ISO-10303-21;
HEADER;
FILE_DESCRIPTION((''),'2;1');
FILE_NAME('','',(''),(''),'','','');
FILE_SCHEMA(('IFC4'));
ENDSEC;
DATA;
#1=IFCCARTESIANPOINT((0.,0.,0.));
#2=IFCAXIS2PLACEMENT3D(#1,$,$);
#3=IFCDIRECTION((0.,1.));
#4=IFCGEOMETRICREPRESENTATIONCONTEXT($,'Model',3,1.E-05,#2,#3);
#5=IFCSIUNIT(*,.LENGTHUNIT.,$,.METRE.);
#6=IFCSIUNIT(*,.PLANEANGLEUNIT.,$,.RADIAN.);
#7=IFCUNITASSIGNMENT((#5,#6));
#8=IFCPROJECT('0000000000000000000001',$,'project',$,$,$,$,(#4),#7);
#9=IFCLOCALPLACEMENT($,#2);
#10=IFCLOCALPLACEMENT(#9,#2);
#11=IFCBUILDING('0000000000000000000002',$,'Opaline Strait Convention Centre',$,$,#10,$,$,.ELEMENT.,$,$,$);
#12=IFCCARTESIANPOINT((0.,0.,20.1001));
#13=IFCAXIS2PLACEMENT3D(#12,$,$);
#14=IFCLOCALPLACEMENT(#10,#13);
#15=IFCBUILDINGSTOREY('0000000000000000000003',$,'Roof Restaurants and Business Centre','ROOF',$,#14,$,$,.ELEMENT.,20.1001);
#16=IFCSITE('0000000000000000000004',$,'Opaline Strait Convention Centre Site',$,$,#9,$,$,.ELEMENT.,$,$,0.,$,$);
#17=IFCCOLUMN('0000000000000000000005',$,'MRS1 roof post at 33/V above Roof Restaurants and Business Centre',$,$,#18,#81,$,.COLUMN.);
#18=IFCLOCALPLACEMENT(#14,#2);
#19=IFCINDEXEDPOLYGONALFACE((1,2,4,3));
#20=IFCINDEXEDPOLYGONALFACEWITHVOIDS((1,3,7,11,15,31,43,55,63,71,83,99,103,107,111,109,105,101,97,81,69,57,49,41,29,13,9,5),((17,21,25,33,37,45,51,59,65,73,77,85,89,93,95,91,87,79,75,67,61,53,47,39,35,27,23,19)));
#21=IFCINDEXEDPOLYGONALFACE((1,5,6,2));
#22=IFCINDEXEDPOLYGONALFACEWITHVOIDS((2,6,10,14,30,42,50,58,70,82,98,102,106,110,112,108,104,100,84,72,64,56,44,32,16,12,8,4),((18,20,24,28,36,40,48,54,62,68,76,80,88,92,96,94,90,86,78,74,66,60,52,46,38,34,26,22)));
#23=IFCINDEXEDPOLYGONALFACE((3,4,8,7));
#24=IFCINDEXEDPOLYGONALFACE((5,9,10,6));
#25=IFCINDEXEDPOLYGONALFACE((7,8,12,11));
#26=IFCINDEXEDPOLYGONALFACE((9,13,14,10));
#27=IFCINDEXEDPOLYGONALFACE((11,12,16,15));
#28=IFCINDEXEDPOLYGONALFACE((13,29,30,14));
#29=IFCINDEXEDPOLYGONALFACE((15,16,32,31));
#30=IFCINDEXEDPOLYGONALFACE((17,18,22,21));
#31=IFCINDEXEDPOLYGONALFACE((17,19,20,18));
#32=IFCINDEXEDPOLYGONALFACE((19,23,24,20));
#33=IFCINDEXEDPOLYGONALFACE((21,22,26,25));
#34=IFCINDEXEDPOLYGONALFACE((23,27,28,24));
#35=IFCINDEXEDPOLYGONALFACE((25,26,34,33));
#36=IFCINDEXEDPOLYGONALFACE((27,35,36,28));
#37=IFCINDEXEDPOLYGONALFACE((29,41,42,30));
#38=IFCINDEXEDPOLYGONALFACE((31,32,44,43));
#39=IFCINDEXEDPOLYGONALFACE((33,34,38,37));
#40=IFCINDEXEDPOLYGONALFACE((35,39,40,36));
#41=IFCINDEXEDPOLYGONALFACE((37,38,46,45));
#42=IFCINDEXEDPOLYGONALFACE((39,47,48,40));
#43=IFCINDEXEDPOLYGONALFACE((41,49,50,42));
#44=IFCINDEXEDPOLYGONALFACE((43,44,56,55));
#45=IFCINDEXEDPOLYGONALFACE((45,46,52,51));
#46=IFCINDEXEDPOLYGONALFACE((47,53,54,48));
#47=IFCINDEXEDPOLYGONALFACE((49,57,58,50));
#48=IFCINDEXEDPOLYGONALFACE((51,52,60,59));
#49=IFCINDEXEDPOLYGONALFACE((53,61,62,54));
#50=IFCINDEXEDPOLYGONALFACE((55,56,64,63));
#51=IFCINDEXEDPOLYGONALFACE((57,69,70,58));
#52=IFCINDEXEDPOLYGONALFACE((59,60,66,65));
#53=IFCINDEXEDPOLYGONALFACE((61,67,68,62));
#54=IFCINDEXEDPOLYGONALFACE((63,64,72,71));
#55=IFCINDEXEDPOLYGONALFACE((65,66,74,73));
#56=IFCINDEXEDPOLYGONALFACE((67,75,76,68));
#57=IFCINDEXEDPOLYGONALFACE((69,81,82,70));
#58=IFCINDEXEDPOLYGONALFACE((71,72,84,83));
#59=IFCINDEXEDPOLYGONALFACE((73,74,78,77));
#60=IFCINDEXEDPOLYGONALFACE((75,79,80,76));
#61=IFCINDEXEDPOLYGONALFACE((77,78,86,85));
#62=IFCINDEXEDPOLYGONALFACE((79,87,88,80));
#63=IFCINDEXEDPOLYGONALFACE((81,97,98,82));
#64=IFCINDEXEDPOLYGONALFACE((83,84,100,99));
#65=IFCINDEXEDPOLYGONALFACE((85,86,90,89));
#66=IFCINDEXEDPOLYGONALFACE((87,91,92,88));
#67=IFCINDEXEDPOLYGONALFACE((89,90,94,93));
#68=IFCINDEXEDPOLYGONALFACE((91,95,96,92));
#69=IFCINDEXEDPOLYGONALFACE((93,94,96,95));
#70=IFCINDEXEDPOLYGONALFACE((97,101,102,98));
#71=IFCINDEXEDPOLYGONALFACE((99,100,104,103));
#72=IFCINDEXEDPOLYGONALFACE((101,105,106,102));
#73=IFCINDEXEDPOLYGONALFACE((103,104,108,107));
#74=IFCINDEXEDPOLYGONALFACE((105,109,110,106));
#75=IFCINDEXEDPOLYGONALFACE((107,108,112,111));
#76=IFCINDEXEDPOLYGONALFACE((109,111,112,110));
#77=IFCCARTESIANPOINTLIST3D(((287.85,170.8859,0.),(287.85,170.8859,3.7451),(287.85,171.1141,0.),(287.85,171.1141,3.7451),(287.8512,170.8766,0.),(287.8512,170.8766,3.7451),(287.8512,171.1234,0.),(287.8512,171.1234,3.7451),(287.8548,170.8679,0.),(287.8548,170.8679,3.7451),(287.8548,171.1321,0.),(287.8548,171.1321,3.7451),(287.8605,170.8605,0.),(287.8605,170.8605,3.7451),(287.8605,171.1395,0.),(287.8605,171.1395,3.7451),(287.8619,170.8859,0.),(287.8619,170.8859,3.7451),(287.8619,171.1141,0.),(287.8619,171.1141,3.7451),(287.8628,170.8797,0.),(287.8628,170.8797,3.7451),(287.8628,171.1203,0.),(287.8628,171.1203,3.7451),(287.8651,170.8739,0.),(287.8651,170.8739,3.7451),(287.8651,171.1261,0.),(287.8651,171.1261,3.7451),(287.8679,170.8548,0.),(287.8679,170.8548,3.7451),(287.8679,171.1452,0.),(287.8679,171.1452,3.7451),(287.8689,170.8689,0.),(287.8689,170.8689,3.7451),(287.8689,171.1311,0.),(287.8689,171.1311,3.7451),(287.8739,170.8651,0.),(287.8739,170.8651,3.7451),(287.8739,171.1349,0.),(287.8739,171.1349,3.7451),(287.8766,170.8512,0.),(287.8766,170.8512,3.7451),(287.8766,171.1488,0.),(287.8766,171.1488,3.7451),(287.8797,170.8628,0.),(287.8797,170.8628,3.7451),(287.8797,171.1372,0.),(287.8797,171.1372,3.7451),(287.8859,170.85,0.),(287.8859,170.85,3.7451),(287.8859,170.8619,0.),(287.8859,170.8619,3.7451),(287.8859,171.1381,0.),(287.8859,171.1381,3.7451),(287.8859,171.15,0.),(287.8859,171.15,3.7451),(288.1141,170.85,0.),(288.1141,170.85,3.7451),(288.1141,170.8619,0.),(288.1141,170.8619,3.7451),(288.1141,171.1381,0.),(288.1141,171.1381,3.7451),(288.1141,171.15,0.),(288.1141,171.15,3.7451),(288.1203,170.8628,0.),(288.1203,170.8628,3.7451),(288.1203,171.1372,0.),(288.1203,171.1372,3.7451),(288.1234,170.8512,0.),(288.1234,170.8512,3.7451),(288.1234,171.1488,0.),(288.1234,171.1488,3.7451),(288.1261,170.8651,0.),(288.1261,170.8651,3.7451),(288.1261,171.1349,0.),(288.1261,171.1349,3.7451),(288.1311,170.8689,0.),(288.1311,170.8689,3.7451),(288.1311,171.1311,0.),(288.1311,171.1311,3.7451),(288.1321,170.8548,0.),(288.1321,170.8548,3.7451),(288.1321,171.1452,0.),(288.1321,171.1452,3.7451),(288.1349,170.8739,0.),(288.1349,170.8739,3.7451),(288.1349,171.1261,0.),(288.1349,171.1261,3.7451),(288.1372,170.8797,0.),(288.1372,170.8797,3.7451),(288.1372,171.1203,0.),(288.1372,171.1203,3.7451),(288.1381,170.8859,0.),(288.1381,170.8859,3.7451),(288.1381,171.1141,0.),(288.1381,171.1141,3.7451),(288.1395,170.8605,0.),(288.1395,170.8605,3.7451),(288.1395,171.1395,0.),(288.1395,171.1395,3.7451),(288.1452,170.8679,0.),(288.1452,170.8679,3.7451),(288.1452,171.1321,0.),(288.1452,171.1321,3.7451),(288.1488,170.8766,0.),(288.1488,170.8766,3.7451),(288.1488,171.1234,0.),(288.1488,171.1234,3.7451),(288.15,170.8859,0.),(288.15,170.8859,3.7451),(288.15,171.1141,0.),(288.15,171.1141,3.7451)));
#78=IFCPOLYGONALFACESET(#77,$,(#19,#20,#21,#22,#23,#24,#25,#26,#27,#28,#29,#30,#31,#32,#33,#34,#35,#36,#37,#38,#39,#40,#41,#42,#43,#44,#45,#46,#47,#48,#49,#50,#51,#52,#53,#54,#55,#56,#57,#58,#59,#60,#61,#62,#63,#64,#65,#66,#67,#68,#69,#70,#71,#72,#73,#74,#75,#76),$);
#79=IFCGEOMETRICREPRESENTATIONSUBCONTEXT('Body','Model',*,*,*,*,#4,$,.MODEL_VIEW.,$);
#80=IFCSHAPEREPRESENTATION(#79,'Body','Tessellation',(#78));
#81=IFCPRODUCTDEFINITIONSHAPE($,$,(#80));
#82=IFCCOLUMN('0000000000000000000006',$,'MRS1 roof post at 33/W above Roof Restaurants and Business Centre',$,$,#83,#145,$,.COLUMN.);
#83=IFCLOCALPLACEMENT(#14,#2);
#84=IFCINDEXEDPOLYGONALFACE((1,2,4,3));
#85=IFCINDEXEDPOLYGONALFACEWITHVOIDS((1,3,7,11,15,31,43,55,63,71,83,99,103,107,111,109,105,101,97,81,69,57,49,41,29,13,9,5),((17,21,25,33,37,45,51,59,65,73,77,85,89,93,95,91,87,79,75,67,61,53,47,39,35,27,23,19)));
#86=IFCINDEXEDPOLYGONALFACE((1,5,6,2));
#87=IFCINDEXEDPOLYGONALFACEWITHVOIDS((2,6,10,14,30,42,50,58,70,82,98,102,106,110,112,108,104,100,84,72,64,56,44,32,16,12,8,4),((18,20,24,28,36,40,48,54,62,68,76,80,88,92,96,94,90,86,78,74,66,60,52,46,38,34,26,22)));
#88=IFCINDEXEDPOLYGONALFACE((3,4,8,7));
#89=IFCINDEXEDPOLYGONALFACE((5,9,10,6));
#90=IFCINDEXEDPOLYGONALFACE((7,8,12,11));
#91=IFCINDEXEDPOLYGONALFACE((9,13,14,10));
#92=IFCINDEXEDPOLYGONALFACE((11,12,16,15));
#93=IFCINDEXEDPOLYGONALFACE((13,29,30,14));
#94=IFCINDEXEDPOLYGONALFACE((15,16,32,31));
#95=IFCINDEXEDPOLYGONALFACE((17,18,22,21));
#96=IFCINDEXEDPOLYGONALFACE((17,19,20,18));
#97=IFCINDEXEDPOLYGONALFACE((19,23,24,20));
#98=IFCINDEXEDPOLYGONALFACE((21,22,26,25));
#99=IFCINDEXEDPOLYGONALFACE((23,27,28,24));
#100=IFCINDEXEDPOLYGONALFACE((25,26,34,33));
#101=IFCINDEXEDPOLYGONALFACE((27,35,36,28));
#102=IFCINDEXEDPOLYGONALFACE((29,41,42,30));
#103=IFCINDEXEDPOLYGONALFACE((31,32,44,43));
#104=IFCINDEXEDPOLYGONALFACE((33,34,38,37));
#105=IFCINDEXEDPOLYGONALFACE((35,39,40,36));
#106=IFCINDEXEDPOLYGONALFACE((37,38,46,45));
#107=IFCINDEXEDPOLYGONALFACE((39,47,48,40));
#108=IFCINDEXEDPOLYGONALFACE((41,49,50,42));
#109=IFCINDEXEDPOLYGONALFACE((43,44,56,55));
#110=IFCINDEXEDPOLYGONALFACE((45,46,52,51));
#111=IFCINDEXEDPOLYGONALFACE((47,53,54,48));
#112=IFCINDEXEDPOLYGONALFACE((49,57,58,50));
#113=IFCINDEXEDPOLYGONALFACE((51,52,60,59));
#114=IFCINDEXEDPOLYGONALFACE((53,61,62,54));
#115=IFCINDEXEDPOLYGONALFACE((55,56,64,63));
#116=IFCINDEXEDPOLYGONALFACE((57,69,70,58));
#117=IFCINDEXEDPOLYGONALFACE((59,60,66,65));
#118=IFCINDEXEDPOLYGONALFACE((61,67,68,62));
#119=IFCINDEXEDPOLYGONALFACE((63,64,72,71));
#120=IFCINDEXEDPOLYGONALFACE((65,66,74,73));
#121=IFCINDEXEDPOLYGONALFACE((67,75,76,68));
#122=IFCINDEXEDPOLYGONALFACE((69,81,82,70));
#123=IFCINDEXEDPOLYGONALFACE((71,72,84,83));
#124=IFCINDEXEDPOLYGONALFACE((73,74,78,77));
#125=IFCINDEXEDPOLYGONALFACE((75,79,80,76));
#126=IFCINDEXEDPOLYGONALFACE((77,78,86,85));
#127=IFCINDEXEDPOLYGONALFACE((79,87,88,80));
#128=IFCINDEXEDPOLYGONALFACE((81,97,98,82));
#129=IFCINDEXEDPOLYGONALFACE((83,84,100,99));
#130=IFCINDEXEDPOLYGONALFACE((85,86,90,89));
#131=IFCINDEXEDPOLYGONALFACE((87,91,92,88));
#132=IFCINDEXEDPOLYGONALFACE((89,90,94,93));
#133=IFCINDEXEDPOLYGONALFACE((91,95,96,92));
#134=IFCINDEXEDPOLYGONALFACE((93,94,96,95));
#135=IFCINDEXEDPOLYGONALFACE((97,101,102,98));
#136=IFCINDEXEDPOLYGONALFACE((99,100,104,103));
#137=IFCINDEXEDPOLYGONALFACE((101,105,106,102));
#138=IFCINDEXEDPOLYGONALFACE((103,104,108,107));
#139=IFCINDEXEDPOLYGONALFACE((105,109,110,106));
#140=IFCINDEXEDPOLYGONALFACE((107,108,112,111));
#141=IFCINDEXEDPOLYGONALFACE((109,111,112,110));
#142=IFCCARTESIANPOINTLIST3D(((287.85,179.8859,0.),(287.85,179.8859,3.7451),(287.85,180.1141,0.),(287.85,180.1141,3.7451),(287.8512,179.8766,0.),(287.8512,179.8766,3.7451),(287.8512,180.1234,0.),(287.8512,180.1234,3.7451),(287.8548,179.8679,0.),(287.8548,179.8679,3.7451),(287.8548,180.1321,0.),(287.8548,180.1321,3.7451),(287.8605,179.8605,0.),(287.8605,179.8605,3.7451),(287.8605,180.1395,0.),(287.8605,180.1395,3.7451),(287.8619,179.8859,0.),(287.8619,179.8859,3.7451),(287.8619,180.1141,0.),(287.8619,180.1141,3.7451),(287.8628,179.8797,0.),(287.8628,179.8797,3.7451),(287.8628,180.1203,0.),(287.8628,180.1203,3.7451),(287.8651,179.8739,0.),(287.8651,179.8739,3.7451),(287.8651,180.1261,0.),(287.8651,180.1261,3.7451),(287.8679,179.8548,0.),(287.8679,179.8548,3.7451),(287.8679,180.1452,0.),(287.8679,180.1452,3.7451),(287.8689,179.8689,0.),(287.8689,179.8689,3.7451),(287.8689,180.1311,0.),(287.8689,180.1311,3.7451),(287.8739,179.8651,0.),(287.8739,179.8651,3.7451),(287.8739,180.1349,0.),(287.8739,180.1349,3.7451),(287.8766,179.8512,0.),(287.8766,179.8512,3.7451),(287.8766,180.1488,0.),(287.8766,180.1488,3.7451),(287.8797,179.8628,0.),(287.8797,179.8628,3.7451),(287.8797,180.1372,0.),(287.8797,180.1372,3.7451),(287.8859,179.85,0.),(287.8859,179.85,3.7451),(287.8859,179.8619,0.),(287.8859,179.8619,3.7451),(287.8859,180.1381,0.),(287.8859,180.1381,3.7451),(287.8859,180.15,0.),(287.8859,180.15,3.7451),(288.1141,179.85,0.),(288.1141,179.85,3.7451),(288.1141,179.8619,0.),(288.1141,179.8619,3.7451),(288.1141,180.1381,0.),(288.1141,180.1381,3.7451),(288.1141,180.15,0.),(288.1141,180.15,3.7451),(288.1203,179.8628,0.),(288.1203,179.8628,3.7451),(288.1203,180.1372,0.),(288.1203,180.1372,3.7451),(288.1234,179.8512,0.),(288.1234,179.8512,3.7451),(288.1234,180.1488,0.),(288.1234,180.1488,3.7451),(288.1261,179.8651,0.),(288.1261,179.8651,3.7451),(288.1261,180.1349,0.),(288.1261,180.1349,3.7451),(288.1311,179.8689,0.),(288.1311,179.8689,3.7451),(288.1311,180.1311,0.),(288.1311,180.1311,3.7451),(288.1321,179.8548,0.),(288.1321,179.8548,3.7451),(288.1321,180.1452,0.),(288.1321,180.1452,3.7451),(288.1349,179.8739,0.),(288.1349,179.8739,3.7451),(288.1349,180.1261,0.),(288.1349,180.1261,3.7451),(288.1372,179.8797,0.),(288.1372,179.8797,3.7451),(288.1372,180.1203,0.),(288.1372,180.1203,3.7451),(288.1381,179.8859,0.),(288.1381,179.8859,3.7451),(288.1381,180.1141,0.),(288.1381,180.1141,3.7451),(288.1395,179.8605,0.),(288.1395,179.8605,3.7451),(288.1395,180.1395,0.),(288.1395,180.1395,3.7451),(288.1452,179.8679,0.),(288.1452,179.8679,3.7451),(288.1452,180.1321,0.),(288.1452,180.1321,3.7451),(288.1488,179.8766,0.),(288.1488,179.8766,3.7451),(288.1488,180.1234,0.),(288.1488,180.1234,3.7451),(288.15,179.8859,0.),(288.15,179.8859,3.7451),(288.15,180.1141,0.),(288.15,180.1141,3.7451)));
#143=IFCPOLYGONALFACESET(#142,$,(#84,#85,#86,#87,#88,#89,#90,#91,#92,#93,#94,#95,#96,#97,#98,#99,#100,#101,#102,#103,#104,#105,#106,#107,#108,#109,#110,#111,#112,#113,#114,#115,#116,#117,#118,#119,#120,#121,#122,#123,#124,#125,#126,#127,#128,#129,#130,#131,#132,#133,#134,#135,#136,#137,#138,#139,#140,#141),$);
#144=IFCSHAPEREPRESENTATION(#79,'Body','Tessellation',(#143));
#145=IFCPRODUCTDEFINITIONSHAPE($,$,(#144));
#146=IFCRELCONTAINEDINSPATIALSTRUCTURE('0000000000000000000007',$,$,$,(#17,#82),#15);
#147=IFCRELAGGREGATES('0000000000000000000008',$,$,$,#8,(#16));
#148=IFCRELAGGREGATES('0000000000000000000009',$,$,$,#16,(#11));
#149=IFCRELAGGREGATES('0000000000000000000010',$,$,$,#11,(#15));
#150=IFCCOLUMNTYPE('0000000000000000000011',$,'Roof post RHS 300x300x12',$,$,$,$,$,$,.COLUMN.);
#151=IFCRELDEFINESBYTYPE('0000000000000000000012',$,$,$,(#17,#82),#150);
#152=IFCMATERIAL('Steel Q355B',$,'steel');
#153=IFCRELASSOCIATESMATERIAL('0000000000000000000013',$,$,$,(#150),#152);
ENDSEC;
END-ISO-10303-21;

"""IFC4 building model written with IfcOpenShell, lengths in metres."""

from ifc_helpers import new_model, si_unit, direction, frame, origin, origin_2d, place, context, subcontext, project, spatial, hollow_rectangle, extrude, material, material_profile, profile_set, type_object, element, save


model = new_model("IFC4")

# Units and contexts
model_context = context("Model", 3, precision=1e-05, world=origin(), true_north=direction((0.0, 1.0)))
body_context = subcontext(model_context, "Body", "Model", "MODEL_VIEW")
ifc_project = project(units=[si_unit("LENGTHUNIT", "METRE"), si_unit("PLANEANGLEUNIT", "RADIAN")], contexts=[model_context])

# Site, building, storey
site_placement = place(None, origin())
site = spatial("IfcSite", under=ifc_project, at=site_placement, Name="Opaline Strait Convention Centre Site", CompositionType="ELEMENT", RefElevation=0.0)
building_placement = place(site_placement, origin())
building = spatial("IfcBuilding", under=site, at=building_placement, Name="Opaline Strait Convention Centre", CompositionType="ELEMENT")
storey_placement = place(building_placement, frame((0.0, 0.0, 20.1001)))
storey = spatial("IfcBuildingStorey", under=building, at=storey_placement, Name="Roof Restaurants and Business Centre", Description="ROOF", CompositionType="ELEMENT", Elevation=20.1001)

# Columns
ifc_material_1 = material(Name="Steel Q355B", Category="steel")
ifc_material_profile_1 = material_profile(ifc_material_1, hollow_rectangle(XDim=0.3, YDim=0.3, WallThickness=0.012, InnerFilletRadius=0.0239, OuterFilletRadius=0.0359, at=origin_2d()), Name="RHS 300x300x12")
ifc_profile_set_1 = profile_set([ifc_material_profile_1], Name="Steel Q355B")
column_type_1 = type_object("IfcColumnType", Name="Roof post RHS 300x300x12", PredefinedType="COLUMN", material=ifc_profile_set_1)
for number, where, z_axis, x_axis, name in (
    (1, (288.0, 171.0, 0.0), (0.0, 0.0, 1.0), (1.0, 0.0, 0.0), "MRS1 roof post at 33/V above Roof Restaurants and Business Centre"),
    (2, (288.0, 180.0, 0.0), (0.0, 0.0, 1.0), (1.0, 0.0, 0.0), "MRS1 roof post at 33/W above Roof Restaurants and Business Centre"),
):
    element("IfcColumn", number, at=place(storey_placement, frame(where, z_axis=z_axis, x_axis=x_axis)), inside=storey, type_object=column_type_1, Name=name, PredefinedType="COLUMN", context=body_context, shape_type="SweptSolid", body=[
        extrude(hollow_rectangle(XDim=0.3, YDim=0.3, WallThickness=0.012, InnerFilletRadius=0.0239, OuterFilletRadius=0.0359, at=origin_2d()), origin(), (0.0, 0.0, 1.0), 3.7451),
    ])

save(model, "model.ifc")
